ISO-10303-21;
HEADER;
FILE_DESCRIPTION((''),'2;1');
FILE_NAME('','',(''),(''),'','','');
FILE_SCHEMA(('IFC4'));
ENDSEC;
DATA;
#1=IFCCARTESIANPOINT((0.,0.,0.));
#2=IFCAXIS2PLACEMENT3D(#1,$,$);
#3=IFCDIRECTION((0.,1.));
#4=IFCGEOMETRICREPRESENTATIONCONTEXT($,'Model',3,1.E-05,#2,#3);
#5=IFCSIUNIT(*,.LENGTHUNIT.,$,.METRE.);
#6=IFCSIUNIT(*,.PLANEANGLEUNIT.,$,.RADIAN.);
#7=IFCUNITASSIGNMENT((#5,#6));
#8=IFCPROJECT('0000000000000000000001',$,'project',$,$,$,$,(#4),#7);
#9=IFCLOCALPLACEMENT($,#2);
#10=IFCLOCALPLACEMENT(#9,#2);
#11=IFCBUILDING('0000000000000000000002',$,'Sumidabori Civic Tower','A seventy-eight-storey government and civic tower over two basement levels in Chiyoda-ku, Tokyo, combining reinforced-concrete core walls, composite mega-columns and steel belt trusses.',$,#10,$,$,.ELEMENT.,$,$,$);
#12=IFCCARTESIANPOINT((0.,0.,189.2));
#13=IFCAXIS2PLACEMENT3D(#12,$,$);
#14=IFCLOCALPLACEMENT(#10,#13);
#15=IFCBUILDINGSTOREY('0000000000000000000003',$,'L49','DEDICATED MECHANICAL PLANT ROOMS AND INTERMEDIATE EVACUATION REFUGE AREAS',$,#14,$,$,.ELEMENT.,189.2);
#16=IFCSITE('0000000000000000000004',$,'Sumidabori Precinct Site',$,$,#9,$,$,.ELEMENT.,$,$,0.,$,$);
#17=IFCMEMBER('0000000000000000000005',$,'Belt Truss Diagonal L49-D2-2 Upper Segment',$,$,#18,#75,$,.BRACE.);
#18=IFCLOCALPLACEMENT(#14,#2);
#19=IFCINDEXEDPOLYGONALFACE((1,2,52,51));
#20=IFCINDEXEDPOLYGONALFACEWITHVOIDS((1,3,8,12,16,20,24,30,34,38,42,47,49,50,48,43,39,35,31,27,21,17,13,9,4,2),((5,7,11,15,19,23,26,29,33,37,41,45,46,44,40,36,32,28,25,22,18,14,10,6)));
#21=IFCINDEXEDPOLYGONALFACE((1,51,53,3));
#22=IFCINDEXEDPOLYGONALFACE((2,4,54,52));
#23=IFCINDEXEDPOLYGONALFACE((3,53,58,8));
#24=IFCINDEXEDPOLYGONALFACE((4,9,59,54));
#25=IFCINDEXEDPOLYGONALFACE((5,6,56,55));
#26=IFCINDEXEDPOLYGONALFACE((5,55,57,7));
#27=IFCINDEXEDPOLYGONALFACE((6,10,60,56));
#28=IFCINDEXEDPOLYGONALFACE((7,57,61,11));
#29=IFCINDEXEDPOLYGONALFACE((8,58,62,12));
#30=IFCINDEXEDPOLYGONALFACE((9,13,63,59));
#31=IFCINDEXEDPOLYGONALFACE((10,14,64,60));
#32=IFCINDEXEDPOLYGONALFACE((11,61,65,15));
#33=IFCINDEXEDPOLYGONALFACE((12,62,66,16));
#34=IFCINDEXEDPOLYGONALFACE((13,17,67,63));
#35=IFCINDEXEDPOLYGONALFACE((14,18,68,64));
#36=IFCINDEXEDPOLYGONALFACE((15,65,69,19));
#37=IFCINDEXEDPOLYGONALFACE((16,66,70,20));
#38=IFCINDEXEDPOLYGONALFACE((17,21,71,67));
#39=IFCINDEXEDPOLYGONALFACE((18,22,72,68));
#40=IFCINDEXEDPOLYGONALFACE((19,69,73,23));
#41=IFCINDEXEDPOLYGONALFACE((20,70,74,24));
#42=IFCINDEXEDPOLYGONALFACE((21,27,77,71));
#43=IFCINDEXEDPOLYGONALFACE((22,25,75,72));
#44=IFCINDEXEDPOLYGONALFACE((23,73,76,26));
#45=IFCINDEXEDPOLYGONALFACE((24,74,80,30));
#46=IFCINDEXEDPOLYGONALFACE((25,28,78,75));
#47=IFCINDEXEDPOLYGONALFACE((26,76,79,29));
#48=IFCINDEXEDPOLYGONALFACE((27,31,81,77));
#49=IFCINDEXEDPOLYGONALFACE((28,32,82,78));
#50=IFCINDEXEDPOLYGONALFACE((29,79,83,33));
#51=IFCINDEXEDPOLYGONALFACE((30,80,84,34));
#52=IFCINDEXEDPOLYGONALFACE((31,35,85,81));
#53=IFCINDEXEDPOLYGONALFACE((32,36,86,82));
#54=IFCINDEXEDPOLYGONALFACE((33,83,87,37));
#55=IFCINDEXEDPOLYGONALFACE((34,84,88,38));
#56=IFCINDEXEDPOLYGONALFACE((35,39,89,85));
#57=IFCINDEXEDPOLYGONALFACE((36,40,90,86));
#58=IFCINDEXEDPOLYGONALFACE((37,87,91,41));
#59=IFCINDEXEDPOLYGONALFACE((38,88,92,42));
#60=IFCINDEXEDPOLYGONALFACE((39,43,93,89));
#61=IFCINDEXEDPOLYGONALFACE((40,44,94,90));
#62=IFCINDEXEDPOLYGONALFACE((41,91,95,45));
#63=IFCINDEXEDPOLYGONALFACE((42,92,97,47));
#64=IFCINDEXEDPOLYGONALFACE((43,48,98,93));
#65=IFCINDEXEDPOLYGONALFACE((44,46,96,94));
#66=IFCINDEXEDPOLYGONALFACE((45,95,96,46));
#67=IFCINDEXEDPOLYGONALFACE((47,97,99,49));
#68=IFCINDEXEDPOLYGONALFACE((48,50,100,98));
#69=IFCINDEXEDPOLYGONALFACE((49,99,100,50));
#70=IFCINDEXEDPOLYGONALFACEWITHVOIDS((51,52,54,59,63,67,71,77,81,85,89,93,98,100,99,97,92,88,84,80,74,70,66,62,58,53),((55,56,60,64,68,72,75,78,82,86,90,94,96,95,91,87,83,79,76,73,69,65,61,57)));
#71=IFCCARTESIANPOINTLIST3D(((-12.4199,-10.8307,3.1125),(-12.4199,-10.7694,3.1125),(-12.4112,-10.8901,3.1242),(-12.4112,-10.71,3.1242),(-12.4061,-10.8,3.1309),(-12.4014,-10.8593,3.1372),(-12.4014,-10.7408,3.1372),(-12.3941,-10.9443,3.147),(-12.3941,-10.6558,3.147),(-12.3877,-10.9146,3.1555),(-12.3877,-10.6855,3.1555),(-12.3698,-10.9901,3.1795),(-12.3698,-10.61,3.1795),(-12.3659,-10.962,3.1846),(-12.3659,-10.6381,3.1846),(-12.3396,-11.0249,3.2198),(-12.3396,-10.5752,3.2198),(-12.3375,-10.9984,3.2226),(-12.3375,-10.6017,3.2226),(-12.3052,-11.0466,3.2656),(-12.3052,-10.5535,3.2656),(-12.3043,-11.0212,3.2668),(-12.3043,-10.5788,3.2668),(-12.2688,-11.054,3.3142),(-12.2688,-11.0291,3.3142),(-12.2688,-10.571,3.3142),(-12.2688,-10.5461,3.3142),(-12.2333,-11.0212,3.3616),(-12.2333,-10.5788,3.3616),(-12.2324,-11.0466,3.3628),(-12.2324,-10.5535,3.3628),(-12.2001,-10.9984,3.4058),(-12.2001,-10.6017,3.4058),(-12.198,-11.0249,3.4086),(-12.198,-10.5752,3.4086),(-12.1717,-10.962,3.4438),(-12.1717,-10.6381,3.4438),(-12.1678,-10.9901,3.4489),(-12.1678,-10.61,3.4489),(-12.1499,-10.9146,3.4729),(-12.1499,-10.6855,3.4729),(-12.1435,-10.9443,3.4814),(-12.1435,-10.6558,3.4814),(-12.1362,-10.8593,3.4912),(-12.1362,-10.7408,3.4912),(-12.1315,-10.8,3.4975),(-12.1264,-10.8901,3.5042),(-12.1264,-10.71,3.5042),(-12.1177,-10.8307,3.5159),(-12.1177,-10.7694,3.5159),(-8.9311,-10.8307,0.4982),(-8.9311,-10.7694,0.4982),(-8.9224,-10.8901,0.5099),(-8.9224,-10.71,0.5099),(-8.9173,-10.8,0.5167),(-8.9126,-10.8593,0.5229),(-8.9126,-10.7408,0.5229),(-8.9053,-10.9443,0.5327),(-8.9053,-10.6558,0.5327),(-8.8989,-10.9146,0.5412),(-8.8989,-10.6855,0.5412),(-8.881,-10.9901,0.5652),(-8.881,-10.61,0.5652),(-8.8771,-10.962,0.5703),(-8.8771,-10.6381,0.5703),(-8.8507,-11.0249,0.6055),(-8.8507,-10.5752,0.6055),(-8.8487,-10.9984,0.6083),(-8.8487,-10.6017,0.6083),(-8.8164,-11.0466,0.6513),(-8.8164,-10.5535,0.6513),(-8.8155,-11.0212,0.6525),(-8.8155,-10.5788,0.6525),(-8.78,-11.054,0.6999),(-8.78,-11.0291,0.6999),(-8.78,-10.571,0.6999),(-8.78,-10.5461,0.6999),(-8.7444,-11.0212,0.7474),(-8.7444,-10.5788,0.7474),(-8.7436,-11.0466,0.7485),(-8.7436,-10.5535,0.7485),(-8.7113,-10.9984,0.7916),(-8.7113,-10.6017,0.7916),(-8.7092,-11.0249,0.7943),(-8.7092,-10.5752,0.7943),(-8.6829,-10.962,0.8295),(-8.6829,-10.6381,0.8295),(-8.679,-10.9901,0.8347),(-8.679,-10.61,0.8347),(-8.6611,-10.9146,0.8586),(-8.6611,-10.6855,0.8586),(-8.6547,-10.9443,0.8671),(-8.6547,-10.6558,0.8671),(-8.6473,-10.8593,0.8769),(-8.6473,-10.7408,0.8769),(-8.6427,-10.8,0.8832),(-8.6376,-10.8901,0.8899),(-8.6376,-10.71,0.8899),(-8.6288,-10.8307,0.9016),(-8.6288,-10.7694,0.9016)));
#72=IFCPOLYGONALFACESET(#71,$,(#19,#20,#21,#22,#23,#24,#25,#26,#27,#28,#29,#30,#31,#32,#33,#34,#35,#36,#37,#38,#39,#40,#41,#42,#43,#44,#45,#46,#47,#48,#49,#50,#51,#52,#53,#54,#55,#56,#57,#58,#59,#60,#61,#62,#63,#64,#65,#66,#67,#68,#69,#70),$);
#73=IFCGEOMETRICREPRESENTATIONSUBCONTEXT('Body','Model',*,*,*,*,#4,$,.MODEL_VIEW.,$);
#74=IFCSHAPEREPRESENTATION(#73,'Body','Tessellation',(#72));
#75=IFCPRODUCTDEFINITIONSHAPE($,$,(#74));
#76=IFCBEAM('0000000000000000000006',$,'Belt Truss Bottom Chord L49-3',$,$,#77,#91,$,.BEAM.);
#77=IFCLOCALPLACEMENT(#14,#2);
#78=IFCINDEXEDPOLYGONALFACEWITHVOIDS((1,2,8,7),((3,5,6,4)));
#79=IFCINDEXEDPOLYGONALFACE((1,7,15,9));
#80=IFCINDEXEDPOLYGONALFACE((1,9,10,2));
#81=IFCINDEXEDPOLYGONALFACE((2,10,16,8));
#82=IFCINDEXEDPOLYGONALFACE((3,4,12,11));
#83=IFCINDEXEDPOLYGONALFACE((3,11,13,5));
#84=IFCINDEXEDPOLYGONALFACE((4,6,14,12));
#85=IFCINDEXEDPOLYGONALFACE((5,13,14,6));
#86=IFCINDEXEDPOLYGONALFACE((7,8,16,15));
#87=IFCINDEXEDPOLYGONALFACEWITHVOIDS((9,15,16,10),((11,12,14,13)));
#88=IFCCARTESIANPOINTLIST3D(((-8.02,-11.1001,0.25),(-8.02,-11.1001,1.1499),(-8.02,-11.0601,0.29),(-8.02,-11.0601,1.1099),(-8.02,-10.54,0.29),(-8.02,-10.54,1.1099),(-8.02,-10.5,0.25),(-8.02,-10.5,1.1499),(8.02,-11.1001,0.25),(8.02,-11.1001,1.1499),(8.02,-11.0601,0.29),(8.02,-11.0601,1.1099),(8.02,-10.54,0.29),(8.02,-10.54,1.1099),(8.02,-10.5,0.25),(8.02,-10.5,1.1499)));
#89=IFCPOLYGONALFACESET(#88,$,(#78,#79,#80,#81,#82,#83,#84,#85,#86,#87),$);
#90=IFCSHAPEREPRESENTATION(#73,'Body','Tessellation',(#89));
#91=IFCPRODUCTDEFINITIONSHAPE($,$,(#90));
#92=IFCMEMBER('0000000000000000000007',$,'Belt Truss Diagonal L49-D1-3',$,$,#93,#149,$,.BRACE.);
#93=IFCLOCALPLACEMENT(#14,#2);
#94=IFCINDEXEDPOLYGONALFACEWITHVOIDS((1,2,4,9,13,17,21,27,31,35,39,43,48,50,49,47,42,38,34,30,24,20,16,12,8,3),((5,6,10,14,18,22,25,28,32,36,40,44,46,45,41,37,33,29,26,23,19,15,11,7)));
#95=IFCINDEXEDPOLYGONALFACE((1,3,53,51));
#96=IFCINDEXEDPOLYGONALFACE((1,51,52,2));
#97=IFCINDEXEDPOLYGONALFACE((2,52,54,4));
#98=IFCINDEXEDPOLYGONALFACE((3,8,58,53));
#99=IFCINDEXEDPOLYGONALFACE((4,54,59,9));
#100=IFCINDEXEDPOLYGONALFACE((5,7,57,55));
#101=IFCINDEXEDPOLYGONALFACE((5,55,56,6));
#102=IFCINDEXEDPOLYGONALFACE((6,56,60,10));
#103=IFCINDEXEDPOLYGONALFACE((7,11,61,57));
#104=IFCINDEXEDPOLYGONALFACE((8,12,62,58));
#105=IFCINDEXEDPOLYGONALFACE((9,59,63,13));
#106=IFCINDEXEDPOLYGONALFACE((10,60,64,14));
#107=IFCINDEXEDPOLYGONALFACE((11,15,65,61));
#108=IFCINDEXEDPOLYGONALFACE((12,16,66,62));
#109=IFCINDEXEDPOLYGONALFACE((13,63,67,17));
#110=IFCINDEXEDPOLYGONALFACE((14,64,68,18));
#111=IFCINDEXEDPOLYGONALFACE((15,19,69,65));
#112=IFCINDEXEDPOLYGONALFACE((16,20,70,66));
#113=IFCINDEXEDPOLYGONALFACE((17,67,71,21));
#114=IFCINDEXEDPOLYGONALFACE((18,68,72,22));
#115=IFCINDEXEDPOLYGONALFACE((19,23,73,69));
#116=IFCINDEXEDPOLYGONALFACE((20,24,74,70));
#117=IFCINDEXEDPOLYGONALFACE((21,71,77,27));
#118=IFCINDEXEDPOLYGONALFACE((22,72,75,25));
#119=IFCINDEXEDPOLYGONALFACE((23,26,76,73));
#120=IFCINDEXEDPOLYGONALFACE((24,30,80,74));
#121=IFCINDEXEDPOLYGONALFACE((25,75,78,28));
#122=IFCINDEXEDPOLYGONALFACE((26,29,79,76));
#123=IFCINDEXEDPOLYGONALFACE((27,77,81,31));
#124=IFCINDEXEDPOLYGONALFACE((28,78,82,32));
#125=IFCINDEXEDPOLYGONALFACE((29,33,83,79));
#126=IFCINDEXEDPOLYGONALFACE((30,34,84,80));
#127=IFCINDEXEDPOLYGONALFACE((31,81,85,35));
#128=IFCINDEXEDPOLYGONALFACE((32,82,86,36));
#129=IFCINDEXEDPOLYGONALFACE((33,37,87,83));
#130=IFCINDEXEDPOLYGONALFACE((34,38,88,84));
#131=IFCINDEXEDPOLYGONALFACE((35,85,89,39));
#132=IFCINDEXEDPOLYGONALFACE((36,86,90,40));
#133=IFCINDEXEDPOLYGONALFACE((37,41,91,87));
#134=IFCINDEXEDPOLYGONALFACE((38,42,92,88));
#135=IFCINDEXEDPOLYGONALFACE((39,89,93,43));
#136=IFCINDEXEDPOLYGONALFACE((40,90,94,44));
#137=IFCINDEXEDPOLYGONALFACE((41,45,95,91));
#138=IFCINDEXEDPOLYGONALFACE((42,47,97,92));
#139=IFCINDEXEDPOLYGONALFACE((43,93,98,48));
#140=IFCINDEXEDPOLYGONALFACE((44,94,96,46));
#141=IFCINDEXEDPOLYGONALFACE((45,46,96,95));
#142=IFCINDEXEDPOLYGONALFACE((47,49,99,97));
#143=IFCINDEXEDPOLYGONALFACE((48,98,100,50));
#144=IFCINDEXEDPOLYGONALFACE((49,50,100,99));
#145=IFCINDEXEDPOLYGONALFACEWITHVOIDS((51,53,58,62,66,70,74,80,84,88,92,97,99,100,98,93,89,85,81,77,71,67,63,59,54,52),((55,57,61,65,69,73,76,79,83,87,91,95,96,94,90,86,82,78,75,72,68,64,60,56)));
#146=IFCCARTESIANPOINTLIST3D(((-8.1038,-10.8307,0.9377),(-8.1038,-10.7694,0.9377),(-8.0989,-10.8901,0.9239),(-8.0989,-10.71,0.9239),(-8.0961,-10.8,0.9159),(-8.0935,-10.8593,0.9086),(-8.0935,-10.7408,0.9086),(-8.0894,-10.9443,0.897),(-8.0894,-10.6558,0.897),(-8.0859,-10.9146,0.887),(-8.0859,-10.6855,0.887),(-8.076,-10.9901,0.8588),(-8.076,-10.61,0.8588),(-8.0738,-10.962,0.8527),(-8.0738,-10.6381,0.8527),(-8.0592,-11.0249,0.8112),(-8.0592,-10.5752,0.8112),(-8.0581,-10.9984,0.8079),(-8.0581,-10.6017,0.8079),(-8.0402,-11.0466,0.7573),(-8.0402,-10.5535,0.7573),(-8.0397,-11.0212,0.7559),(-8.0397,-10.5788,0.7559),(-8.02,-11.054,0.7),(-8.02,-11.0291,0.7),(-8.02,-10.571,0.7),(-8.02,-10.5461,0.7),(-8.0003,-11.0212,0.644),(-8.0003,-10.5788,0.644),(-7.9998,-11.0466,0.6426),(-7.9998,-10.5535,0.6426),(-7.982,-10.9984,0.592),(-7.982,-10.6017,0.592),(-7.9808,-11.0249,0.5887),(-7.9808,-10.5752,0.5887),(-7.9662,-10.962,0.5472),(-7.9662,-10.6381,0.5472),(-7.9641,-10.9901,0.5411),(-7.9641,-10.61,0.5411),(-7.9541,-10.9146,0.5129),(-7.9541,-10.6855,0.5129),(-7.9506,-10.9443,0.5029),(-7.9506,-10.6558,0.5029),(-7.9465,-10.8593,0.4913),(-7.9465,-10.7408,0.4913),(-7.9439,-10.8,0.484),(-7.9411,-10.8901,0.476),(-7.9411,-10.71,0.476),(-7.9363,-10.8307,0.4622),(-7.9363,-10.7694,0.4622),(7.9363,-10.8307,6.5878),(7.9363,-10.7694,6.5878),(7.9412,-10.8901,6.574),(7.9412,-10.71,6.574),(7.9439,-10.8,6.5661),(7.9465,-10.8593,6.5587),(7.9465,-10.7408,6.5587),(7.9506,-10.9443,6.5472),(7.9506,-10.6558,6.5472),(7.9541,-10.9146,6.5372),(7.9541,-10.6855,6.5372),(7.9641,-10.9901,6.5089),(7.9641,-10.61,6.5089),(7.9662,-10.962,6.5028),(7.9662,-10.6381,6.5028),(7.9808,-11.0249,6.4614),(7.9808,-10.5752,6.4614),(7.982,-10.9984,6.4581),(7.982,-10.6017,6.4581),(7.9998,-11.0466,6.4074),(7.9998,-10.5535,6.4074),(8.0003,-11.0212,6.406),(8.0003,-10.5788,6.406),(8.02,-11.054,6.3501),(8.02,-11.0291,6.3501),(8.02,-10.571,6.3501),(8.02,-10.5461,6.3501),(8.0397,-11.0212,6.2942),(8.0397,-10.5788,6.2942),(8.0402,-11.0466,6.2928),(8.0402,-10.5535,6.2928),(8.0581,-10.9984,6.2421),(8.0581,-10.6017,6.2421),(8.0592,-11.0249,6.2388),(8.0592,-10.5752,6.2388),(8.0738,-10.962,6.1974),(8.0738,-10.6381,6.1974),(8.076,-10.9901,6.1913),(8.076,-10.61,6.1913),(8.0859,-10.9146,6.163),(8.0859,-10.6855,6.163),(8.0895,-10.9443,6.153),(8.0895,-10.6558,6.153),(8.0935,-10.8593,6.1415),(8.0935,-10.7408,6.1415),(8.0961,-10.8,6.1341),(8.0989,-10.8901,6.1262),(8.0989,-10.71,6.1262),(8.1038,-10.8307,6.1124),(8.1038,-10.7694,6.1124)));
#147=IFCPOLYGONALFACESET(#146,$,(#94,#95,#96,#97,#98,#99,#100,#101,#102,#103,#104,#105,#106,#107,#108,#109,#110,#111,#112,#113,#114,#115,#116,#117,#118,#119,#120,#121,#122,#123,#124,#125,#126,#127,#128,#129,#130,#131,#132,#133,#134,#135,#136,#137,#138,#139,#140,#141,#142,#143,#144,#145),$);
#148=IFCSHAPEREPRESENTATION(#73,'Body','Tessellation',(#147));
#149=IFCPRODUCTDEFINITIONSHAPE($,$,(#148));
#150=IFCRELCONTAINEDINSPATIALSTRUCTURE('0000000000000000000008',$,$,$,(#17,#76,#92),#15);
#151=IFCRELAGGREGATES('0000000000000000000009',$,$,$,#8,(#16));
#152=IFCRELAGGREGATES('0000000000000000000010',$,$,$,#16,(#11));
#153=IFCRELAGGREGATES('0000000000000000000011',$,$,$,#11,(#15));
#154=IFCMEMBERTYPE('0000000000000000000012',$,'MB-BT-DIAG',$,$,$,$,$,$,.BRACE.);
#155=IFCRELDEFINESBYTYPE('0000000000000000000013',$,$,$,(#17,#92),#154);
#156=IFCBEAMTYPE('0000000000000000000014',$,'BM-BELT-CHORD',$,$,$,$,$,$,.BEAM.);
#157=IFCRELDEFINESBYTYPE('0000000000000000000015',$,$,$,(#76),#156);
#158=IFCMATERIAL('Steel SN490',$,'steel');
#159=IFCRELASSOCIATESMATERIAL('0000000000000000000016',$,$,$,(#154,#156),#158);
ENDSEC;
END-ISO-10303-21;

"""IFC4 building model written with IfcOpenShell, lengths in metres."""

from ifc_helpers import new_model, si_unit, direction, frame, origin, origin_2d, place, context, subcontext, project, spatial, hollow_rectangle, hollow_circle, extrude, source, transform, mapped, material, material_profile, profile_set, type_object, element, save


model = new_model("IFC4")

# Units and contexts
model_context = context("Model", 3, precision=1e-05, world=origin(), true_north=direction((0.0, 1.0)))
body_context = subcontext(model_context, "Body", "Model", "MODEL_VIEW")
ifc_project = project(units=[si_unit("LENGTHUNIT", "METRE"), si_unit("PLANEANGLEUNIT", "RADIAN")], contexts=[model_context])

# Site, building, storey
site_placement = place(None, origin())
site = spatial("IfcSite", under=ifc_project, at=site_placement, Name="Sumidabori Precinct Site", CompositionType="ELEMENT", RefElevation=0.0)
building_placement = place(site_placement, origin())
building = spatial("IfcBuilding", under=site, at=building_placement, Name="Sumidabori Civic Tower", Description="A seventy-eight-storey government and civic tower over two basement levels in Chiyoda-ku, Tokyo, combining reinforced-concrete core walls, composite mega-columns and steel belt trusses.", CompositionType="ELEMENT")
storey_placement = place(building_placement, frame((0.0, 0.0, 189.2)))
storey = spatial("IfcBuildingStorey", under=building, at=storey_placement, Name="L49", Description="DEDICATED MECHANICAL PLANT ROOMS AND INTERMEDIATE EVACUATION REFUGE AREAS", CompositionType="ELEMENT", Elevation=189.2)

# Shared definitions
ifc_material_1 = material(Name="Steel SN490", Category="steel")

# Member
ifc_material_profile_1 = material_profile(ifc_material_1, hollow_circle(Radius=0.2539, WallThickness=0.0249, at=origin_2d()), Name="CHS 508x25")
ifc_profile_set_1 = profile_set([ifc_material_profile_1], Name="Steel SN490")
member_type = type_object("IfcMemberType", Name="MB-BT-DIAG", PredefinedType="BRACE", material=ifc_profile_set_1)
shared_shape_1 = source(origin(), body_context, "Body", "SweptSolid", [
    extrude(hollow_circle(Radius=0.2539, WallThickness=0.0249, at=origin_2d()), origin(), (0.0, 0.0, 1.0), 4.3596),
])
member_1_placement = place(storey_placement, frame((-12.2688, -10.8, 3.3142), z_axis=(0.800255, 0.0, -0.599659), x_axis=(0.0, 1.0, 0.0)))
element("IfcMember", 1, at=member_1_placement, inside=storey, type_object=member_type, Name="Belt Truss Diagonal L49-D2-2 Upper Segment", PredefinedType="BRACE", context=body_context, shape_type="MappedRepresentation", body=[
    mapped(shared_shape_1, transform((0.0, 0.0, 0.0), x_axis=(1.0, 0.0, 0.0), y_axis=(0.0, 1.0, 0.0), z_axis=(0.0, 0.0, 1.0), scale=1.0)),
])

# Beam
ifc_material_profile_2 = material_profile(ifc_material_1, hollow_rectangle(XDim=0.6001, YDim=0.8999, WallThickness=0.04, at=origin_2d()), Name="RHS 900x600x40")
ifc_profile_set_2 = profile_set([ifc_material_profile_2], Name="Steel SN490")
beam_type_1 = type_object("IfcBeamType", Name="BM-BELT-CHORD", PredefinedType="BEAM", material=ifc_profile_set_2)
shared_shape_2 = source(origin(), body_context, "Body", "SweptSolid", [
    extrude(hollow_rectangle(XDim=0.6001, YDim=0.8999, WallThickness=0.04, at=origin_2d()), origin(), (0.0, 0.0, 1.0), 16.04),
])
beam_1_placement = place(storey_placement, frame((-8.02, -10.8, 0.7), z_axis=(1.0, 0.0, 0.0), x_axis=(0.0, 1.0, 0.0)))
element("IfcBeam", 2, at=beam_1_placement, inside=storey, type_object=beam_type_1, Name="Belt Truss Bottom Chord L49-3", PredefinedType="BEAM", context=body_context, shape_type="MappedRepresentation", body=[
    mapped(shared_shape_2, transform((0.0, 0.0, 0.0), x_axis=(1.0, 0.0, 0.0), y_axis=(0.0, 1.0, 0.0), z_axis=(0.0, 0.0, 1.0), scale=1.0)),
])

# Member
shared_shape_3 = source(origin(), body_context, "Body", "SweptSolid", [
    extrude(hollow_circle(Radius=0.2539, WallThickness=0.0249, at=origin_2d()), origin(), (0.0, 0.0, 1.0), 17.0061),
])
member_2_placement = place(storey_placement, frame((-8.02, -10.8, 0.7), z_axis=(0.943194, 0.0, 0.332243), x_axis=(0.0, 1.0, 0.0)))
element("IfcMember", 3, at=member_2_placement, inside=storey, type_object=member_type, Name="Belt Truss Diagonal L49-D1-3", PredefinedType="BRACE", context=body_context, shape_type="MappedRepresentation", body=[
    mapped(shared_shape_3, transform((0.0, 0.0, 0.0), x_axis=(1.0, 0.0, 0.0), y_axis=(0.0, 1.0, 0.0), z_axis=(0.0, 0.0, 1.0), scale=1.0)),
])

save(model, "model.ifc")
